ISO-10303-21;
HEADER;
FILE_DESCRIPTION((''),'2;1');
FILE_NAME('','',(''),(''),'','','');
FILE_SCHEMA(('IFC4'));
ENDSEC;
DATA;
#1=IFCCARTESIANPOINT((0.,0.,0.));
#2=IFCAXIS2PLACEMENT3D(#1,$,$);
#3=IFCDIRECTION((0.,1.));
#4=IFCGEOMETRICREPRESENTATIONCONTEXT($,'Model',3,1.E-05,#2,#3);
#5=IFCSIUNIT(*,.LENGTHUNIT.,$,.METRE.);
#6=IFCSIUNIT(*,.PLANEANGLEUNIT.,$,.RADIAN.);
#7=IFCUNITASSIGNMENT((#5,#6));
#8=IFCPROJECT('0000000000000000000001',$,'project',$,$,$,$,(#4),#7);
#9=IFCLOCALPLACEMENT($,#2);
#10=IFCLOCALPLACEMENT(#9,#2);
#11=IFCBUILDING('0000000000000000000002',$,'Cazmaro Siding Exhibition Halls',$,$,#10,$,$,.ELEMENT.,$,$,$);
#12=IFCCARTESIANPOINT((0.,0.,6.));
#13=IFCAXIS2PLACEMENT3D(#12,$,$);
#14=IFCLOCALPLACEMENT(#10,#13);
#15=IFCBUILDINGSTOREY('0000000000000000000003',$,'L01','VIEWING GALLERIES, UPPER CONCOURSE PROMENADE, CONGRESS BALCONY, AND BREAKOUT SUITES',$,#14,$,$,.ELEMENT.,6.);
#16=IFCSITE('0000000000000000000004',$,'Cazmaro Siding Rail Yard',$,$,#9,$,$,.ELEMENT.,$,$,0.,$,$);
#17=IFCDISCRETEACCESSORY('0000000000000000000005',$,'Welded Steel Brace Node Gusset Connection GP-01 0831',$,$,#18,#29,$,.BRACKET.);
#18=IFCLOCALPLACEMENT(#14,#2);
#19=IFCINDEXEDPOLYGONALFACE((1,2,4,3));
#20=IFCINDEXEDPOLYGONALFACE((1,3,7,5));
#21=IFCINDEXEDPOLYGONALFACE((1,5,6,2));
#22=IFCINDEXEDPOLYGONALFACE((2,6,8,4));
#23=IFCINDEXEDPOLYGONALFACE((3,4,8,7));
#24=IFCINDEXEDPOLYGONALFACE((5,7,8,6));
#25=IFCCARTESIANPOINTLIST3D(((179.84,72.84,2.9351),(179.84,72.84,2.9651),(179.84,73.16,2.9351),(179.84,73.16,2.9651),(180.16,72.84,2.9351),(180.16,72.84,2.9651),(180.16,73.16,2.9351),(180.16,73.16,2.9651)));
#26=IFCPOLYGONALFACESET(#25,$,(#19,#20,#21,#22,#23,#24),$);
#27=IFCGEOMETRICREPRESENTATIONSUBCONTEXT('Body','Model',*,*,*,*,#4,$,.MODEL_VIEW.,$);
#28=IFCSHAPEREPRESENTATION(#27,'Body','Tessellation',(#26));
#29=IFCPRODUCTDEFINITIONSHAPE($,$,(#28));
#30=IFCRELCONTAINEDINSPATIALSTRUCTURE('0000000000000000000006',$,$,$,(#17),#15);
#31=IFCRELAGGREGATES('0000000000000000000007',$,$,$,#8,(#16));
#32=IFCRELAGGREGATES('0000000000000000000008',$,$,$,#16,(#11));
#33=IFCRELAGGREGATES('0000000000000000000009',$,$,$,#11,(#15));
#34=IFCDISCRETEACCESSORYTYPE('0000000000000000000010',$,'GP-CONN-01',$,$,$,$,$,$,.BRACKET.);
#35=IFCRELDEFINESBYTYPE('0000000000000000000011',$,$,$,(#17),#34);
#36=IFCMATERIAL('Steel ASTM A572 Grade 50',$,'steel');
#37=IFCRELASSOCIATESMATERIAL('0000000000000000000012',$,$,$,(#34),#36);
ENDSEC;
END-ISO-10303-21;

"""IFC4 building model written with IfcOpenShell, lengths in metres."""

from ifc_helpers import new_model, si_unit, direction, frame, origin, origin_2d, place, context, subcontext, project, spatial, rectangle, extrude, material, type_object, element, save


model = new_model("IFC4")

# Units and contexts
model_context = context("Model", 3, precision=1e-05, world=origin(), true_north=direction((0.0, 1.0)))
body_context = subcontext(model_context, "Body", "Model", "MODEL_VIEW")
ifc_project = project(units=[si_unit("LENGTHUNIT", "METRE"), si_unit("PLANEANGLEUNIT", "RADIAN")], contexts=[model_context])

# Site, building, storey
site_placement = place(None, origin())
site = spatial("IfcSite", under=ifc_project, at=site_placement, Name="Cazmaro Siding Rail Yard", CompositionType="ELEMENT", RefElevation=0.0)
building_placement = place(site_placement, origin())
building = spatial("IfcBuilding", under=site, at=building_placement, Name="Cazmaro Siding Exhibition Halls", CompositionType="ELEMENT")
storey_placement = place(building_placement, frame((0.0, 0.0, 6.0)))
storey = spatial("IfcBuildingStorey", under=building, at=storey_placement, Name="L01", Description="VIEWING GALLERIES, UPPER CONCOURSE PROMENADE, CONGRESS BALCONY, AND BREAKOUT SUITES", CompositionType="ELEMENT", Elevation=6.0)

# Discrete accessory
ifc_material_1 = material(Name="Steel ASTM A572 Grade 50", Category="steel")
discrete_accessory_type = type_object("IfcDiscreteAccessoryType", Name="GP-CONN-01", PredefinedType="BRACKET", material=ifc_material_1)
for number, where, z_axis, x_axis, name in (
    (1, (180.0, 73.0, 2.9351), (0.0, 0.0, 1.0), (1.0, 0.0, 0.0), "Welded Steel Brace Node Gusset Connection GP-01 0831"),
):
    element("IfcDiscreteAccessory", number, at=place(storey_placement, frame(where, z_axis=z_axis, x_axis=x_axis)), inside=storey, type_object=discrete_accessory_type, Name=name, PredefinedType="BRACKET", context=body_context, shape_type="SweptSolid", body=[
        extrude(rectangle(XDim=0.3201, YDim=0.3201, at=origin_2d()), origin(), (0.0, 0.0, 1.0), 0.03),
    ])

save(model, "model.ifc")
